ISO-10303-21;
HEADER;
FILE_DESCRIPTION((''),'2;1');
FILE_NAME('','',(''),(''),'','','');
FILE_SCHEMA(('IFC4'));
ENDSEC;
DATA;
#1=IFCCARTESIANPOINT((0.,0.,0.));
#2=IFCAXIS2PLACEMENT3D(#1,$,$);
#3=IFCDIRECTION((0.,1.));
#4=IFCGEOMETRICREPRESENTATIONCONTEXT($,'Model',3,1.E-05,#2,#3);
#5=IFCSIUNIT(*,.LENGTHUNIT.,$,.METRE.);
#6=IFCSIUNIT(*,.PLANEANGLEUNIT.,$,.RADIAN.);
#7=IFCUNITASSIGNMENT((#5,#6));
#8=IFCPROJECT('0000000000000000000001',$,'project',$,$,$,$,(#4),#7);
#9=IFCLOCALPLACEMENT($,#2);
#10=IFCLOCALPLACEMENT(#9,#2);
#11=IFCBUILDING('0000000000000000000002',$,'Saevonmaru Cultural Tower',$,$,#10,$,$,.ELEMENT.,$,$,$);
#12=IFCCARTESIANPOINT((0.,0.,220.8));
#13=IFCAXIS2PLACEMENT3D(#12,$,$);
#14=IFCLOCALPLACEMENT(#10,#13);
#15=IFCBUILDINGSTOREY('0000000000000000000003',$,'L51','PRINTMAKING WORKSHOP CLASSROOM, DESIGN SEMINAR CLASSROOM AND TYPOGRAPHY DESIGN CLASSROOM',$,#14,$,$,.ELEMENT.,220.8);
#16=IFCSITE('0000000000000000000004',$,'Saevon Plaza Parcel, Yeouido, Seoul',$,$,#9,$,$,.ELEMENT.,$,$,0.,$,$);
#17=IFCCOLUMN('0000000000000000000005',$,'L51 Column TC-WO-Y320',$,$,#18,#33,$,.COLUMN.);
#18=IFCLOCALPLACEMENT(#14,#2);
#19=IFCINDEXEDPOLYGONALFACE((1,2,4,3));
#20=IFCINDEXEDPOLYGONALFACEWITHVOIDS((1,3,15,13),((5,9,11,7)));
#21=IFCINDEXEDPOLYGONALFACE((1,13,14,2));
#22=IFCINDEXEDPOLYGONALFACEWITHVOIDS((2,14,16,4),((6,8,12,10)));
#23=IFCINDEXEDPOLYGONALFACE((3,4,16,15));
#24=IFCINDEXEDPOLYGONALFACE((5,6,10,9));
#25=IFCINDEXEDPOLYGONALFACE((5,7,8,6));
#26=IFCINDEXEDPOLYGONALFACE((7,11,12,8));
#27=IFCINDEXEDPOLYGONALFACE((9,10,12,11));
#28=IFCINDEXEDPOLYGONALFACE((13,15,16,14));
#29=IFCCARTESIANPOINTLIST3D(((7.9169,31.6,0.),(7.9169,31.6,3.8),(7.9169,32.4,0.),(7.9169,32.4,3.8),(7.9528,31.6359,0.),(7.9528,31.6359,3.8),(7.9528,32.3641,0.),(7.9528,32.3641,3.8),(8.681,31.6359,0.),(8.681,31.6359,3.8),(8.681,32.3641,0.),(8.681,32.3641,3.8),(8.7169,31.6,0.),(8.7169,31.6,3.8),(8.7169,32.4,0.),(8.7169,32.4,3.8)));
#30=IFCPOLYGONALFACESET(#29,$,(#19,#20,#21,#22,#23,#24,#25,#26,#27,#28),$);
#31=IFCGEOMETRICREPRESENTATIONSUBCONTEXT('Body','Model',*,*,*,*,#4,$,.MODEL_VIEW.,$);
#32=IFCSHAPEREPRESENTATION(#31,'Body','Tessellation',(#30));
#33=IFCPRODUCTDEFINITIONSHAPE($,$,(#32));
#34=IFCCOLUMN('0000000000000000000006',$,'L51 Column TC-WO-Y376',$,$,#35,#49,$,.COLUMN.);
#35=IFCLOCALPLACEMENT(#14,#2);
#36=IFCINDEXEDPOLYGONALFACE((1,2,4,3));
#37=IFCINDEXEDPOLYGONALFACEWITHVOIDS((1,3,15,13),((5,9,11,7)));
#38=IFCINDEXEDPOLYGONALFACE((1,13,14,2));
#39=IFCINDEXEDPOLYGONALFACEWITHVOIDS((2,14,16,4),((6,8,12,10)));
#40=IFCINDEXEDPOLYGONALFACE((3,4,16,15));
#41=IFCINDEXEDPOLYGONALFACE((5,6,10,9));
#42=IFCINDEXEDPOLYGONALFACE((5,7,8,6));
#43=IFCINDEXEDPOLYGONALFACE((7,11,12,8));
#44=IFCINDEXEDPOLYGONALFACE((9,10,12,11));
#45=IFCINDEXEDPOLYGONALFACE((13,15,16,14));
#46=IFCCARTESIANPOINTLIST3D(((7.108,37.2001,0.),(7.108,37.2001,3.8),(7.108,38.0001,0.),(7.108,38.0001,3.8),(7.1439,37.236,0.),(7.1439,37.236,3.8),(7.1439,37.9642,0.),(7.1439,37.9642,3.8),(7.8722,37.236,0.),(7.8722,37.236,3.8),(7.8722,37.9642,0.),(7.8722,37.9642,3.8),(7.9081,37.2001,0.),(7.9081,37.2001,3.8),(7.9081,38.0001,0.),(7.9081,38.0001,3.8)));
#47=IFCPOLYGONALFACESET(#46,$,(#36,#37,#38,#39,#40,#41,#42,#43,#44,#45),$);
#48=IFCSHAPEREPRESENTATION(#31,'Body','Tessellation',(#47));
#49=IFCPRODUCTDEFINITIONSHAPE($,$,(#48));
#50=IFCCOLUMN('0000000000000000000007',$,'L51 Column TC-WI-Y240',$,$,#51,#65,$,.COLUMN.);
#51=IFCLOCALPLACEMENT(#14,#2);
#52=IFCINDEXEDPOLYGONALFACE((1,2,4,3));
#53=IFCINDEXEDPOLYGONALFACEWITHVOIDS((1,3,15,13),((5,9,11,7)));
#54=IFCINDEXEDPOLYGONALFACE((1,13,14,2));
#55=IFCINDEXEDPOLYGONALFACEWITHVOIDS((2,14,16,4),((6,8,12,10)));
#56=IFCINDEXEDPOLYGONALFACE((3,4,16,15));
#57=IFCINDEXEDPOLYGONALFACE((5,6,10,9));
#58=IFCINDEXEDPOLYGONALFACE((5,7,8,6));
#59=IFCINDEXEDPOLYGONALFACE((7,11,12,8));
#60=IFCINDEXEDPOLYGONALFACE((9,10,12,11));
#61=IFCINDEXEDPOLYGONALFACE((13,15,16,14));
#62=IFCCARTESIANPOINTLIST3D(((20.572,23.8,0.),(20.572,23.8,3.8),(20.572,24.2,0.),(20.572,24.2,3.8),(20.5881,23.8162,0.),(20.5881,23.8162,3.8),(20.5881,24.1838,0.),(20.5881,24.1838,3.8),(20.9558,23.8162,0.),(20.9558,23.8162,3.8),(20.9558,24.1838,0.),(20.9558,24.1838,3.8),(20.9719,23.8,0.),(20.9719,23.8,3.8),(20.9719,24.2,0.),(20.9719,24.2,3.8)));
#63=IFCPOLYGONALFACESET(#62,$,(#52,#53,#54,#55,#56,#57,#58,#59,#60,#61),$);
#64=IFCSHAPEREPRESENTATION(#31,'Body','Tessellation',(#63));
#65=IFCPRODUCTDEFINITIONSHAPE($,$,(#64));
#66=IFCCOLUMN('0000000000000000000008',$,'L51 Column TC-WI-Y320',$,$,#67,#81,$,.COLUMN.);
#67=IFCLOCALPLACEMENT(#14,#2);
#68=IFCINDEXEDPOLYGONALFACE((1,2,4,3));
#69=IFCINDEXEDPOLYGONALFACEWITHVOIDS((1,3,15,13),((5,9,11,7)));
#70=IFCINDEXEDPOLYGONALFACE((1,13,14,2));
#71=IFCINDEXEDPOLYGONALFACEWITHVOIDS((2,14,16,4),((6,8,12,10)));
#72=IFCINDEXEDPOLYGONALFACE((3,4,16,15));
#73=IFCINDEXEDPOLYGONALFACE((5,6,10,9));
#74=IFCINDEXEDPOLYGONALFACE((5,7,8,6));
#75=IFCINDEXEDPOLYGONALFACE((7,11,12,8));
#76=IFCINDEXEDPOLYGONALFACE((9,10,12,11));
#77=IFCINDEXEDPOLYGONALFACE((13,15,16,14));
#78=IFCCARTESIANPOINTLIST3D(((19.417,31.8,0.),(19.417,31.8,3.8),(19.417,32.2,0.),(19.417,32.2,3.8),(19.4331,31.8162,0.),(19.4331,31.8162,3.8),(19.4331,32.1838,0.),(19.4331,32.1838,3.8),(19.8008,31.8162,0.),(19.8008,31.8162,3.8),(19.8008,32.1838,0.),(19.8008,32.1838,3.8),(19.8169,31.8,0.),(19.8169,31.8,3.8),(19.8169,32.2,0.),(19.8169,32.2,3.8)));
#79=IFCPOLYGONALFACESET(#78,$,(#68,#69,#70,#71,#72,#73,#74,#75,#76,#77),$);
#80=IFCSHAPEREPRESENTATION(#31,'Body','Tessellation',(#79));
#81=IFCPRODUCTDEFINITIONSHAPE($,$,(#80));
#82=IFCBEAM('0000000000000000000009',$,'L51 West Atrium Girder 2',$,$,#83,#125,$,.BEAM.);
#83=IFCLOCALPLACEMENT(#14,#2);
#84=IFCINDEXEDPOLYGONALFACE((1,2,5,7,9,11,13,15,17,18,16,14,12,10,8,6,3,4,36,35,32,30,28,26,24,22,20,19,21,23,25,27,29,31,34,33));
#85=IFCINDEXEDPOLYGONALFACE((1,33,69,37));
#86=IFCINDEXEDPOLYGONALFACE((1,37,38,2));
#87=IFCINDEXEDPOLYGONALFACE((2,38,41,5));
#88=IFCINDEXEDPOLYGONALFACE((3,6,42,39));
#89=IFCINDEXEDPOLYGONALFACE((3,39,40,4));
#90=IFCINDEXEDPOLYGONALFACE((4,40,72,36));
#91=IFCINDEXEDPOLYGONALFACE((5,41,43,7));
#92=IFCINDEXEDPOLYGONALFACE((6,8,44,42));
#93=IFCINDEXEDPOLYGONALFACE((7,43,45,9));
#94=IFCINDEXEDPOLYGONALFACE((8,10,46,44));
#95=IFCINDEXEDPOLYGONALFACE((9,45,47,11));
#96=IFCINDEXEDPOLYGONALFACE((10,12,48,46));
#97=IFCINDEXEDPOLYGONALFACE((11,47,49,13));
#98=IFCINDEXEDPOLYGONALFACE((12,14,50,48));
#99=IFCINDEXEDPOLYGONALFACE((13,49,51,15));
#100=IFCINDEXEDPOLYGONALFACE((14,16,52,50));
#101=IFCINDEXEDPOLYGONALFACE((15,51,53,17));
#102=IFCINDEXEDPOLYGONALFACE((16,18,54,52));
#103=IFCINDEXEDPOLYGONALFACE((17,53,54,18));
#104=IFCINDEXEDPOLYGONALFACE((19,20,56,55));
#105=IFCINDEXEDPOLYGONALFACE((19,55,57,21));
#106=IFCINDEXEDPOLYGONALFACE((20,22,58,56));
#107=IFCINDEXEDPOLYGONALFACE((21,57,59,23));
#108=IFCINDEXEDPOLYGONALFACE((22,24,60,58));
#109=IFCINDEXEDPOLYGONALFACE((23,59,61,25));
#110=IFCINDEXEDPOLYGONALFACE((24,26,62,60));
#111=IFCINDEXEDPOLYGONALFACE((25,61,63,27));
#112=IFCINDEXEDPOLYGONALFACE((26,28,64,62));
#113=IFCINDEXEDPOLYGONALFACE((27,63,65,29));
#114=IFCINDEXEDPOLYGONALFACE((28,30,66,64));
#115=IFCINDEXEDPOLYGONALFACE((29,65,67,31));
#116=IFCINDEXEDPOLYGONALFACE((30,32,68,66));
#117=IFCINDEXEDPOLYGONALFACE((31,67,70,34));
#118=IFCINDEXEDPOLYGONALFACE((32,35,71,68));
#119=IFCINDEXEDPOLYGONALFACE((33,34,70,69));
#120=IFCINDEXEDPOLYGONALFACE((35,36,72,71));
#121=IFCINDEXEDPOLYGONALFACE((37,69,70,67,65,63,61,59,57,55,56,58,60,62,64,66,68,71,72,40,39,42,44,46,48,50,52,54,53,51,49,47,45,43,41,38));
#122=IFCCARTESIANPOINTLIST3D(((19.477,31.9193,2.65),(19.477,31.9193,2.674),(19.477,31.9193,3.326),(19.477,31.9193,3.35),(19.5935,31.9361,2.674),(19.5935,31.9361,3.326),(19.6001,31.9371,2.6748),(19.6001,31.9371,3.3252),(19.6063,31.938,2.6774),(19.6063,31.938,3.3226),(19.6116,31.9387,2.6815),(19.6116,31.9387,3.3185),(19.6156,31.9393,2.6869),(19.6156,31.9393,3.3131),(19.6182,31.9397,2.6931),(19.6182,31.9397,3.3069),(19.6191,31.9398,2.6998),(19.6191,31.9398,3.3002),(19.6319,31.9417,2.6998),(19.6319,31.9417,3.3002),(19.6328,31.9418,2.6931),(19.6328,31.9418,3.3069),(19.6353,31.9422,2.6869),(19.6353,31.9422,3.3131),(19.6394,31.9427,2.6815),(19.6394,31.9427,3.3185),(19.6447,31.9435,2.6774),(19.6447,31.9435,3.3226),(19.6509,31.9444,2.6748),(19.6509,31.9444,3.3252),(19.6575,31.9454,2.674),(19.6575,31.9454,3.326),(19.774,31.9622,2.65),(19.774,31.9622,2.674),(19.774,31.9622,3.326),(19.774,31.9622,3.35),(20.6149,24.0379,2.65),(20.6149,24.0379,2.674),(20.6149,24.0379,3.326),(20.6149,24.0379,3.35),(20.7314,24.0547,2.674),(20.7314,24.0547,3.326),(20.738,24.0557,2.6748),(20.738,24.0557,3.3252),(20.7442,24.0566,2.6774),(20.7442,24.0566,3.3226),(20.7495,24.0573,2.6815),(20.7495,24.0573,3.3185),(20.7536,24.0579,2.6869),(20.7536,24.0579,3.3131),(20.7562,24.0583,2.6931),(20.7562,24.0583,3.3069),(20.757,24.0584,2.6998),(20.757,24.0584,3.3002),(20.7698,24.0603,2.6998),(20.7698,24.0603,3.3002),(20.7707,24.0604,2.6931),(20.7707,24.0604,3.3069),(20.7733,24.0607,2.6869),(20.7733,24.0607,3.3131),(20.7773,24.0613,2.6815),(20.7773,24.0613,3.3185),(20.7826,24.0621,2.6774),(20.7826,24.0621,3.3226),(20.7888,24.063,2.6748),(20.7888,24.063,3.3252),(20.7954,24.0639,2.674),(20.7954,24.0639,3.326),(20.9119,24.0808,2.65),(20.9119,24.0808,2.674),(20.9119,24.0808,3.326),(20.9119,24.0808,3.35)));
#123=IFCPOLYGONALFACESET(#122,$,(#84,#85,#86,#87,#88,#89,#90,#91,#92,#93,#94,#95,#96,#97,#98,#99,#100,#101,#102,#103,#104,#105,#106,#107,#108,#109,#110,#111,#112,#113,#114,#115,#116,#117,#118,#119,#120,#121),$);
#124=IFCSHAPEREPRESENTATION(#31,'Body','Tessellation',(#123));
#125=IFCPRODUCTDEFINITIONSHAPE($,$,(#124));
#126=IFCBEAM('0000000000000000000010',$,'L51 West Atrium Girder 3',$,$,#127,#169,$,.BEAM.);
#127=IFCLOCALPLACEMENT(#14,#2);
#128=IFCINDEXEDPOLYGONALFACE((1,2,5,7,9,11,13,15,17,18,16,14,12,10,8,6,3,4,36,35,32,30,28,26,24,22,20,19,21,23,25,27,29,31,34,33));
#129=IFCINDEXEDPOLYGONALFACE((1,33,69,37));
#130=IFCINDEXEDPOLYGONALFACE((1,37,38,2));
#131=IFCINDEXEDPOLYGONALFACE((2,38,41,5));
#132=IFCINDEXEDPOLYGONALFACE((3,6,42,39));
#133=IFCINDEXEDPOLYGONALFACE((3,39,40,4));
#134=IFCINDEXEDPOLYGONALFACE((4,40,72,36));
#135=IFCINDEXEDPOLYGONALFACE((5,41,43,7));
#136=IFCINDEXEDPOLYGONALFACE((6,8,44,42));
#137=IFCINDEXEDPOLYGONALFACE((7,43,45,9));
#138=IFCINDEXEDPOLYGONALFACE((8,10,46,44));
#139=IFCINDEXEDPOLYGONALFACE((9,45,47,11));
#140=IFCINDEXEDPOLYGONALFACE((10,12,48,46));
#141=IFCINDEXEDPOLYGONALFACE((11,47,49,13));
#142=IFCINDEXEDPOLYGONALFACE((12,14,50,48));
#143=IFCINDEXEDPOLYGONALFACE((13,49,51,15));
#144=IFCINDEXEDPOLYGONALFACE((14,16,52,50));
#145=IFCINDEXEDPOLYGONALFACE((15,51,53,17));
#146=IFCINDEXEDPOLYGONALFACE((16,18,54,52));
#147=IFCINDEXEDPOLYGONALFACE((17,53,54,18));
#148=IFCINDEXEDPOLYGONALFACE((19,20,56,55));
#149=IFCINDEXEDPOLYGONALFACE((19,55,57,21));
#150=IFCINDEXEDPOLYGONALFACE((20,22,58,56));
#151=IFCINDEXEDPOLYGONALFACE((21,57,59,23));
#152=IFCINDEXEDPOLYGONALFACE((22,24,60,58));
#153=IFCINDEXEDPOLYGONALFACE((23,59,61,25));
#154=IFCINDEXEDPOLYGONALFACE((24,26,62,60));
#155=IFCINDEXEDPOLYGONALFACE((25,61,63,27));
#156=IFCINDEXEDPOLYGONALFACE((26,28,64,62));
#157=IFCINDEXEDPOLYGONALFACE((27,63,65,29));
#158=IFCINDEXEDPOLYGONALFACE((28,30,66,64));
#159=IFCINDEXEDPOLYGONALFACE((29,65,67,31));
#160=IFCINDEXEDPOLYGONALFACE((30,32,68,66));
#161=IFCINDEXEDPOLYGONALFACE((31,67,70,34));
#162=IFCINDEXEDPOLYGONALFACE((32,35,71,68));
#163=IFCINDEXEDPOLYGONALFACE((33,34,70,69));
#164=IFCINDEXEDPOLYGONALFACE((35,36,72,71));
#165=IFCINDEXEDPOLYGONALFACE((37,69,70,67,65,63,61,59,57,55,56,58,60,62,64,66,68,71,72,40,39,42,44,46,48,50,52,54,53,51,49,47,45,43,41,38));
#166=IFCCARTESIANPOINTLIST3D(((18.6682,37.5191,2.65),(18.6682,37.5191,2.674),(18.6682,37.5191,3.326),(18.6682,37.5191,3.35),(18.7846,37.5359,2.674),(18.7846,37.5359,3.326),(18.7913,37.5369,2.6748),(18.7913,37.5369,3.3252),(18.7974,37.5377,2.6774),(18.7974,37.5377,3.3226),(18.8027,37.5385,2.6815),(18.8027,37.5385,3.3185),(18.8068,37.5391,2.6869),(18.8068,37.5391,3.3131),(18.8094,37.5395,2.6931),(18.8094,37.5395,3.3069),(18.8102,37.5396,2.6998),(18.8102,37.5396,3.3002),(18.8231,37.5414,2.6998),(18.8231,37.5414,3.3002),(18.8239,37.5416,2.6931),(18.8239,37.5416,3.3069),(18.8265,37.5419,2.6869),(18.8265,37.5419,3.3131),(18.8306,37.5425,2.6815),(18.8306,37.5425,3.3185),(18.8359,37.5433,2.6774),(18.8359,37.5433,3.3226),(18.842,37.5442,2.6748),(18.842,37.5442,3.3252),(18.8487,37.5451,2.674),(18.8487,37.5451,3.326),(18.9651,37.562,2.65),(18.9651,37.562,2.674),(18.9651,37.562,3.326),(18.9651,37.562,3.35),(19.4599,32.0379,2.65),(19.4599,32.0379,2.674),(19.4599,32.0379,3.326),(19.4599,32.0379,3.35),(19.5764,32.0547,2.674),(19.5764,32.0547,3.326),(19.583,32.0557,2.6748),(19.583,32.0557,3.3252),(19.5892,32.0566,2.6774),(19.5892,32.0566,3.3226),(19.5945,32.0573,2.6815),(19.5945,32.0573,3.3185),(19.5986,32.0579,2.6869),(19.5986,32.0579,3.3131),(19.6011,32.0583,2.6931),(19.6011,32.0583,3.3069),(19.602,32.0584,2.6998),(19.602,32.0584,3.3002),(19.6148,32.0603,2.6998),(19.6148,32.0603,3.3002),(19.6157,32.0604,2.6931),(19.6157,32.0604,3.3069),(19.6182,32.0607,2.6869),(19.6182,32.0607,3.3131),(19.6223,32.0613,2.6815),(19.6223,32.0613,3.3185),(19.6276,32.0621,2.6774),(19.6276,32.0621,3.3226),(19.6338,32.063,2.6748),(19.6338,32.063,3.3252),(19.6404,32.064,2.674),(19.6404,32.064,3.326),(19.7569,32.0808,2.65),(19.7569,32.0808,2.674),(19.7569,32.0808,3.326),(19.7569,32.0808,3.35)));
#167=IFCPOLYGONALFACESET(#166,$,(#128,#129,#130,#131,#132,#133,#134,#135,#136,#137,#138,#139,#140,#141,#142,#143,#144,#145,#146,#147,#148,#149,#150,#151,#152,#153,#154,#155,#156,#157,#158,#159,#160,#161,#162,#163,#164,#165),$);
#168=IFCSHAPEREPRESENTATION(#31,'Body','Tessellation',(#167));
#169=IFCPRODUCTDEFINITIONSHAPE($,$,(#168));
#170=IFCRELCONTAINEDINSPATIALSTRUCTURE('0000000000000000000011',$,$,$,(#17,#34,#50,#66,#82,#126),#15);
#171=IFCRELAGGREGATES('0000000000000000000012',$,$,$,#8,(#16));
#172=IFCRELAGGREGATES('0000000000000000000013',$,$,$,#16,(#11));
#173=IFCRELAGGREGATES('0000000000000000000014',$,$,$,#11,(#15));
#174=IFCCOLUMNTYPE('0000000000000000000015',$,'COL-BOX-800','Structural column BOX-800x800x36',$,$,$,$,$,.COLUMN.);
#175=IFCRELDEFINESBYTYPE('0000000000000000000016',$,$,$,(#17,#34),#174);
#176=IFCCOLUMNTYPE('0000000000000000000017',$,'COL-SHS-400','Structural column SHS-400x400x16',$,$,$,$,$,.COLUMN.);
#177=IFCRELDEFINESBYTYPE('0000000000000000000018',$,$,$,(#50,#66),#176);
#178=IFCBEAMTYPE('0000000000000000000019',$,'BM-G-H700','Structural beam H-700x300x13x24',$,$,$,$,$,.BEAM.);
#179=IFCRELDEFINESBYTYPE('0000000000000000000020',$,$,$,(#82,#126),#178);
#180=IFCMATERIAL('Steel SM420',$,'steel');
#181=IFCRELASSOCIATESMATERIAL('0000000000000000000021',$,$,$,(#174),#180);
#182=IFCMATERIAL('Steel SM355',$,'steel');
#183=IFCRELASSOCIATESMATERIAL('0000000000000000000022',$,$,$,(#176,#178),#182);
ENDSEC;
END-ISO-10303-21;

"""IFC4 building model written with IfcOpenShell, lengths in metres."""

from ifc_helpers import new_model, si_unit, direction, frame, origin, origin_2d, place, context, subcontext, project, spatial, hollow_rectangle, i_section, extrude, material, material_profile, profile_set, type_object, element, save


model = new_model("IFC4")

# Units and contexts
model_context = context("Model", 3, precision=1e-05, world=origin(), true_north=direction((0.0, 1.0)))
body_context = subcontext(model_context, "Body", "Model", "MODEL_VIEW")
ifc_project = project(units=[si_unit("LENGTHUNIT", "METRE"), si_unit("PLANEANGLEUNIT", "RADIAN")], contexts=[model_context])

# Site, building, storey
site_placement = place(None, origin())
site = spatial("IfcSite", under=ifc_project, at=site_placement, Name="Saevon Plaza Parcel, Yeouido, Seoul", CompositionType="ELEMENT", RefElevation=0.0)
building_placement = place(site_placement, origin())
building = spatial("IfcBuilding", under=site, at=building_placement, Name="Saevonmaru Cultural Tower", CompositionType="ELEMENT")
storey_placement = place(building_placement, frame((0.0, 0.0, 220.8)))
storey = spatial("IfcBuildingStorey", under=building, at=storey_placement, Name="L51", Description="PRINTMAKING WORKSHOP CLASSROOM, DESIGN SEMINAR CLASSROOM AND TYPOGRAPHY DESIGN CLASSROOM", CompositionType="ELEMENT", Elevation=220.8)

# Columns
ifc_material_1 = material(Name="Steel SM420", Category="steel")
ifc_material_profile_1 = material_profile(ifc_material_1, hollow_rectangle(XDim=0.8, YDim=0.8, WallThickness=0.0359, at=origin_2d()), Name="BOX-800x800x36")
ifc_profile_set_1 = profile_set([ifc_material_profile_1], Name="Steel SM420")
column_type_1 = type_object("IfcColumnType", Name="COL-BOX-800", Description="Structural column BOX-800x800x36", PredefinedType="COLUMN", material=ifc_profile_set_1)
for number, where, z_axis, x_axis, name in (
    (1, (8.3169, 32.0, 0.0), (0.0, 0.0, 1.0), (1.0, 0.0, 0.0), "L51 Column TC-WO-Y320"),
    (2, (7.5081, 37.6001, 0.0), (0.0, 0.0, 1.0), (1.0, 0.0, 0.0), "L51 Column TC-WO-Y376"),
):
    element("IfcColumn", number, at=place(storey_placement, frame(where, z_axis=z_axis, x_axis=x_axis)), inside=storey, type_object=column_type_1, Name=name, PredefinedType="COLUMN", context=body_context, shape_type="SweptSolid", body=[
        extrude(hollow_rectangle(XDim=0.8, YDim=0.8, WallThickness=0.0359, at=origin_2d()), origin(), (0.0, 0.0, 1.0), 3.8),
    ])
ifc_material_2 = material(Name="Steel SM355", Category="steel")
ifc_material_profile_2 = material_profile(ifc_material_2, hollow_rectangle(XDim=0.3999, YDim=0.3999, WallThickness=0.0161, at=origin_2d()), Name="SHS-400x400x16")
ifc_profile_set_2 = profile_set([ifc_material_profile_2], Name="Steel SM355")
column_type_2 = type_object("IfcColumnType", Name="COL-SHS-400", Description="Structural column SHS-400x400x16", PredefinedType="COLUMN", material=ifc_profile_set_2)
for number, where, z_axis, x_axis, name in (
    (3, (20.772, 24.0, 0.0), (0.0, 0.0, 1.0), (1.0, 0.0, 0.0), "L51 Column TC-WI-Y240"),
    (4, (19.6169, 32.0, 0.0), (0.0, 0.0, 1.0), (1.0, 0.0, 0.0), "L51 Column TC-WI-Y320"),
):
    element("IfcColumn", number, at=place(storey_placement, frame(where, z_axis=z_axis, x_axis=x_axis)), inside=storey, type_object=column_type_2, Name=name, PredefinedType="COLUMN", context=body_context, shape_type="SweptSolid", body=[
        extrude(hollow_rectangle(XDim=0.3999, YDim=0.3999, WallThickness=0.0161, at=origin_2d()), origin(), (0.0, 0.0, 1.0), 3.8),
    ])

# Beams
ifc_material_profile_3 = material_profile(ifc_material_2, i_section(OverallWidth=0.3, OverallDepth=0.7, WebThickness=0.0129, FlangeThickness=0.0239, FilletRadius=0.0259, at=origin_2d()), Name="H-700x300x13x24")
ifc_profile_set_3 = profile_set([ifc_material_profile_3], Name="Steel SM355")
beam_type_1 = type_object("IfcBeamType", Name="BM-G-H700", Description="Structural beam H-700x300x13x24", PredefinedType="BEAM", material=ifc_profile_set_3)
beam_1_placement = place(storey_placement, frame((20.7634, 24.0593, 3.0), z_axis=(-0.142902, 0.989737, 0.0), x_axis=(-0.989737, -0.142902, 0.0)))
element("IfcBeam", 5, at=beam_1_placement, inside=storey, type_object=beam_type_1, Name="L51 West Atrium Girder 2", PredefinedType="BEAM", context=body_context, shape_type="SweptSolid", body=[
    extrude(i_section(OverallWidth=0.3, OverallDepth=0.7, WebThickness=0.0129, FlangeThickness=0.0239, FilletRadius=0.0259, at=origin_2d()), origin(), (0.0, 0.0, 1.0), 7.9631),
])
beam_2_placement = place(storey_placement, frame((19.6084, 32.0593, 3.0), z_axis=(-0.142964, 0.989728, 0.0), x_axis=(-0.989728, -0.142964, 0.0)))
element("IfcBeam", 6, at=beam_2_placement, inside=storey, type_object=beam_type_1, Name="L51 West Atrium Girder 3", PredefinedType="BEAM", context=body_context, shape_type="SweptSolid", body=[
    extrude(i_section(OverallWidth=0.3, OverallDepth=0.7, WebThickness=0.0129, FlangeThickness=0.0239, FilletRadius=0.0259, at=origin_2d()), origin(), (0.0, 0.0, 1.0), 5.5381),
])

save(model, "model.ifc")
